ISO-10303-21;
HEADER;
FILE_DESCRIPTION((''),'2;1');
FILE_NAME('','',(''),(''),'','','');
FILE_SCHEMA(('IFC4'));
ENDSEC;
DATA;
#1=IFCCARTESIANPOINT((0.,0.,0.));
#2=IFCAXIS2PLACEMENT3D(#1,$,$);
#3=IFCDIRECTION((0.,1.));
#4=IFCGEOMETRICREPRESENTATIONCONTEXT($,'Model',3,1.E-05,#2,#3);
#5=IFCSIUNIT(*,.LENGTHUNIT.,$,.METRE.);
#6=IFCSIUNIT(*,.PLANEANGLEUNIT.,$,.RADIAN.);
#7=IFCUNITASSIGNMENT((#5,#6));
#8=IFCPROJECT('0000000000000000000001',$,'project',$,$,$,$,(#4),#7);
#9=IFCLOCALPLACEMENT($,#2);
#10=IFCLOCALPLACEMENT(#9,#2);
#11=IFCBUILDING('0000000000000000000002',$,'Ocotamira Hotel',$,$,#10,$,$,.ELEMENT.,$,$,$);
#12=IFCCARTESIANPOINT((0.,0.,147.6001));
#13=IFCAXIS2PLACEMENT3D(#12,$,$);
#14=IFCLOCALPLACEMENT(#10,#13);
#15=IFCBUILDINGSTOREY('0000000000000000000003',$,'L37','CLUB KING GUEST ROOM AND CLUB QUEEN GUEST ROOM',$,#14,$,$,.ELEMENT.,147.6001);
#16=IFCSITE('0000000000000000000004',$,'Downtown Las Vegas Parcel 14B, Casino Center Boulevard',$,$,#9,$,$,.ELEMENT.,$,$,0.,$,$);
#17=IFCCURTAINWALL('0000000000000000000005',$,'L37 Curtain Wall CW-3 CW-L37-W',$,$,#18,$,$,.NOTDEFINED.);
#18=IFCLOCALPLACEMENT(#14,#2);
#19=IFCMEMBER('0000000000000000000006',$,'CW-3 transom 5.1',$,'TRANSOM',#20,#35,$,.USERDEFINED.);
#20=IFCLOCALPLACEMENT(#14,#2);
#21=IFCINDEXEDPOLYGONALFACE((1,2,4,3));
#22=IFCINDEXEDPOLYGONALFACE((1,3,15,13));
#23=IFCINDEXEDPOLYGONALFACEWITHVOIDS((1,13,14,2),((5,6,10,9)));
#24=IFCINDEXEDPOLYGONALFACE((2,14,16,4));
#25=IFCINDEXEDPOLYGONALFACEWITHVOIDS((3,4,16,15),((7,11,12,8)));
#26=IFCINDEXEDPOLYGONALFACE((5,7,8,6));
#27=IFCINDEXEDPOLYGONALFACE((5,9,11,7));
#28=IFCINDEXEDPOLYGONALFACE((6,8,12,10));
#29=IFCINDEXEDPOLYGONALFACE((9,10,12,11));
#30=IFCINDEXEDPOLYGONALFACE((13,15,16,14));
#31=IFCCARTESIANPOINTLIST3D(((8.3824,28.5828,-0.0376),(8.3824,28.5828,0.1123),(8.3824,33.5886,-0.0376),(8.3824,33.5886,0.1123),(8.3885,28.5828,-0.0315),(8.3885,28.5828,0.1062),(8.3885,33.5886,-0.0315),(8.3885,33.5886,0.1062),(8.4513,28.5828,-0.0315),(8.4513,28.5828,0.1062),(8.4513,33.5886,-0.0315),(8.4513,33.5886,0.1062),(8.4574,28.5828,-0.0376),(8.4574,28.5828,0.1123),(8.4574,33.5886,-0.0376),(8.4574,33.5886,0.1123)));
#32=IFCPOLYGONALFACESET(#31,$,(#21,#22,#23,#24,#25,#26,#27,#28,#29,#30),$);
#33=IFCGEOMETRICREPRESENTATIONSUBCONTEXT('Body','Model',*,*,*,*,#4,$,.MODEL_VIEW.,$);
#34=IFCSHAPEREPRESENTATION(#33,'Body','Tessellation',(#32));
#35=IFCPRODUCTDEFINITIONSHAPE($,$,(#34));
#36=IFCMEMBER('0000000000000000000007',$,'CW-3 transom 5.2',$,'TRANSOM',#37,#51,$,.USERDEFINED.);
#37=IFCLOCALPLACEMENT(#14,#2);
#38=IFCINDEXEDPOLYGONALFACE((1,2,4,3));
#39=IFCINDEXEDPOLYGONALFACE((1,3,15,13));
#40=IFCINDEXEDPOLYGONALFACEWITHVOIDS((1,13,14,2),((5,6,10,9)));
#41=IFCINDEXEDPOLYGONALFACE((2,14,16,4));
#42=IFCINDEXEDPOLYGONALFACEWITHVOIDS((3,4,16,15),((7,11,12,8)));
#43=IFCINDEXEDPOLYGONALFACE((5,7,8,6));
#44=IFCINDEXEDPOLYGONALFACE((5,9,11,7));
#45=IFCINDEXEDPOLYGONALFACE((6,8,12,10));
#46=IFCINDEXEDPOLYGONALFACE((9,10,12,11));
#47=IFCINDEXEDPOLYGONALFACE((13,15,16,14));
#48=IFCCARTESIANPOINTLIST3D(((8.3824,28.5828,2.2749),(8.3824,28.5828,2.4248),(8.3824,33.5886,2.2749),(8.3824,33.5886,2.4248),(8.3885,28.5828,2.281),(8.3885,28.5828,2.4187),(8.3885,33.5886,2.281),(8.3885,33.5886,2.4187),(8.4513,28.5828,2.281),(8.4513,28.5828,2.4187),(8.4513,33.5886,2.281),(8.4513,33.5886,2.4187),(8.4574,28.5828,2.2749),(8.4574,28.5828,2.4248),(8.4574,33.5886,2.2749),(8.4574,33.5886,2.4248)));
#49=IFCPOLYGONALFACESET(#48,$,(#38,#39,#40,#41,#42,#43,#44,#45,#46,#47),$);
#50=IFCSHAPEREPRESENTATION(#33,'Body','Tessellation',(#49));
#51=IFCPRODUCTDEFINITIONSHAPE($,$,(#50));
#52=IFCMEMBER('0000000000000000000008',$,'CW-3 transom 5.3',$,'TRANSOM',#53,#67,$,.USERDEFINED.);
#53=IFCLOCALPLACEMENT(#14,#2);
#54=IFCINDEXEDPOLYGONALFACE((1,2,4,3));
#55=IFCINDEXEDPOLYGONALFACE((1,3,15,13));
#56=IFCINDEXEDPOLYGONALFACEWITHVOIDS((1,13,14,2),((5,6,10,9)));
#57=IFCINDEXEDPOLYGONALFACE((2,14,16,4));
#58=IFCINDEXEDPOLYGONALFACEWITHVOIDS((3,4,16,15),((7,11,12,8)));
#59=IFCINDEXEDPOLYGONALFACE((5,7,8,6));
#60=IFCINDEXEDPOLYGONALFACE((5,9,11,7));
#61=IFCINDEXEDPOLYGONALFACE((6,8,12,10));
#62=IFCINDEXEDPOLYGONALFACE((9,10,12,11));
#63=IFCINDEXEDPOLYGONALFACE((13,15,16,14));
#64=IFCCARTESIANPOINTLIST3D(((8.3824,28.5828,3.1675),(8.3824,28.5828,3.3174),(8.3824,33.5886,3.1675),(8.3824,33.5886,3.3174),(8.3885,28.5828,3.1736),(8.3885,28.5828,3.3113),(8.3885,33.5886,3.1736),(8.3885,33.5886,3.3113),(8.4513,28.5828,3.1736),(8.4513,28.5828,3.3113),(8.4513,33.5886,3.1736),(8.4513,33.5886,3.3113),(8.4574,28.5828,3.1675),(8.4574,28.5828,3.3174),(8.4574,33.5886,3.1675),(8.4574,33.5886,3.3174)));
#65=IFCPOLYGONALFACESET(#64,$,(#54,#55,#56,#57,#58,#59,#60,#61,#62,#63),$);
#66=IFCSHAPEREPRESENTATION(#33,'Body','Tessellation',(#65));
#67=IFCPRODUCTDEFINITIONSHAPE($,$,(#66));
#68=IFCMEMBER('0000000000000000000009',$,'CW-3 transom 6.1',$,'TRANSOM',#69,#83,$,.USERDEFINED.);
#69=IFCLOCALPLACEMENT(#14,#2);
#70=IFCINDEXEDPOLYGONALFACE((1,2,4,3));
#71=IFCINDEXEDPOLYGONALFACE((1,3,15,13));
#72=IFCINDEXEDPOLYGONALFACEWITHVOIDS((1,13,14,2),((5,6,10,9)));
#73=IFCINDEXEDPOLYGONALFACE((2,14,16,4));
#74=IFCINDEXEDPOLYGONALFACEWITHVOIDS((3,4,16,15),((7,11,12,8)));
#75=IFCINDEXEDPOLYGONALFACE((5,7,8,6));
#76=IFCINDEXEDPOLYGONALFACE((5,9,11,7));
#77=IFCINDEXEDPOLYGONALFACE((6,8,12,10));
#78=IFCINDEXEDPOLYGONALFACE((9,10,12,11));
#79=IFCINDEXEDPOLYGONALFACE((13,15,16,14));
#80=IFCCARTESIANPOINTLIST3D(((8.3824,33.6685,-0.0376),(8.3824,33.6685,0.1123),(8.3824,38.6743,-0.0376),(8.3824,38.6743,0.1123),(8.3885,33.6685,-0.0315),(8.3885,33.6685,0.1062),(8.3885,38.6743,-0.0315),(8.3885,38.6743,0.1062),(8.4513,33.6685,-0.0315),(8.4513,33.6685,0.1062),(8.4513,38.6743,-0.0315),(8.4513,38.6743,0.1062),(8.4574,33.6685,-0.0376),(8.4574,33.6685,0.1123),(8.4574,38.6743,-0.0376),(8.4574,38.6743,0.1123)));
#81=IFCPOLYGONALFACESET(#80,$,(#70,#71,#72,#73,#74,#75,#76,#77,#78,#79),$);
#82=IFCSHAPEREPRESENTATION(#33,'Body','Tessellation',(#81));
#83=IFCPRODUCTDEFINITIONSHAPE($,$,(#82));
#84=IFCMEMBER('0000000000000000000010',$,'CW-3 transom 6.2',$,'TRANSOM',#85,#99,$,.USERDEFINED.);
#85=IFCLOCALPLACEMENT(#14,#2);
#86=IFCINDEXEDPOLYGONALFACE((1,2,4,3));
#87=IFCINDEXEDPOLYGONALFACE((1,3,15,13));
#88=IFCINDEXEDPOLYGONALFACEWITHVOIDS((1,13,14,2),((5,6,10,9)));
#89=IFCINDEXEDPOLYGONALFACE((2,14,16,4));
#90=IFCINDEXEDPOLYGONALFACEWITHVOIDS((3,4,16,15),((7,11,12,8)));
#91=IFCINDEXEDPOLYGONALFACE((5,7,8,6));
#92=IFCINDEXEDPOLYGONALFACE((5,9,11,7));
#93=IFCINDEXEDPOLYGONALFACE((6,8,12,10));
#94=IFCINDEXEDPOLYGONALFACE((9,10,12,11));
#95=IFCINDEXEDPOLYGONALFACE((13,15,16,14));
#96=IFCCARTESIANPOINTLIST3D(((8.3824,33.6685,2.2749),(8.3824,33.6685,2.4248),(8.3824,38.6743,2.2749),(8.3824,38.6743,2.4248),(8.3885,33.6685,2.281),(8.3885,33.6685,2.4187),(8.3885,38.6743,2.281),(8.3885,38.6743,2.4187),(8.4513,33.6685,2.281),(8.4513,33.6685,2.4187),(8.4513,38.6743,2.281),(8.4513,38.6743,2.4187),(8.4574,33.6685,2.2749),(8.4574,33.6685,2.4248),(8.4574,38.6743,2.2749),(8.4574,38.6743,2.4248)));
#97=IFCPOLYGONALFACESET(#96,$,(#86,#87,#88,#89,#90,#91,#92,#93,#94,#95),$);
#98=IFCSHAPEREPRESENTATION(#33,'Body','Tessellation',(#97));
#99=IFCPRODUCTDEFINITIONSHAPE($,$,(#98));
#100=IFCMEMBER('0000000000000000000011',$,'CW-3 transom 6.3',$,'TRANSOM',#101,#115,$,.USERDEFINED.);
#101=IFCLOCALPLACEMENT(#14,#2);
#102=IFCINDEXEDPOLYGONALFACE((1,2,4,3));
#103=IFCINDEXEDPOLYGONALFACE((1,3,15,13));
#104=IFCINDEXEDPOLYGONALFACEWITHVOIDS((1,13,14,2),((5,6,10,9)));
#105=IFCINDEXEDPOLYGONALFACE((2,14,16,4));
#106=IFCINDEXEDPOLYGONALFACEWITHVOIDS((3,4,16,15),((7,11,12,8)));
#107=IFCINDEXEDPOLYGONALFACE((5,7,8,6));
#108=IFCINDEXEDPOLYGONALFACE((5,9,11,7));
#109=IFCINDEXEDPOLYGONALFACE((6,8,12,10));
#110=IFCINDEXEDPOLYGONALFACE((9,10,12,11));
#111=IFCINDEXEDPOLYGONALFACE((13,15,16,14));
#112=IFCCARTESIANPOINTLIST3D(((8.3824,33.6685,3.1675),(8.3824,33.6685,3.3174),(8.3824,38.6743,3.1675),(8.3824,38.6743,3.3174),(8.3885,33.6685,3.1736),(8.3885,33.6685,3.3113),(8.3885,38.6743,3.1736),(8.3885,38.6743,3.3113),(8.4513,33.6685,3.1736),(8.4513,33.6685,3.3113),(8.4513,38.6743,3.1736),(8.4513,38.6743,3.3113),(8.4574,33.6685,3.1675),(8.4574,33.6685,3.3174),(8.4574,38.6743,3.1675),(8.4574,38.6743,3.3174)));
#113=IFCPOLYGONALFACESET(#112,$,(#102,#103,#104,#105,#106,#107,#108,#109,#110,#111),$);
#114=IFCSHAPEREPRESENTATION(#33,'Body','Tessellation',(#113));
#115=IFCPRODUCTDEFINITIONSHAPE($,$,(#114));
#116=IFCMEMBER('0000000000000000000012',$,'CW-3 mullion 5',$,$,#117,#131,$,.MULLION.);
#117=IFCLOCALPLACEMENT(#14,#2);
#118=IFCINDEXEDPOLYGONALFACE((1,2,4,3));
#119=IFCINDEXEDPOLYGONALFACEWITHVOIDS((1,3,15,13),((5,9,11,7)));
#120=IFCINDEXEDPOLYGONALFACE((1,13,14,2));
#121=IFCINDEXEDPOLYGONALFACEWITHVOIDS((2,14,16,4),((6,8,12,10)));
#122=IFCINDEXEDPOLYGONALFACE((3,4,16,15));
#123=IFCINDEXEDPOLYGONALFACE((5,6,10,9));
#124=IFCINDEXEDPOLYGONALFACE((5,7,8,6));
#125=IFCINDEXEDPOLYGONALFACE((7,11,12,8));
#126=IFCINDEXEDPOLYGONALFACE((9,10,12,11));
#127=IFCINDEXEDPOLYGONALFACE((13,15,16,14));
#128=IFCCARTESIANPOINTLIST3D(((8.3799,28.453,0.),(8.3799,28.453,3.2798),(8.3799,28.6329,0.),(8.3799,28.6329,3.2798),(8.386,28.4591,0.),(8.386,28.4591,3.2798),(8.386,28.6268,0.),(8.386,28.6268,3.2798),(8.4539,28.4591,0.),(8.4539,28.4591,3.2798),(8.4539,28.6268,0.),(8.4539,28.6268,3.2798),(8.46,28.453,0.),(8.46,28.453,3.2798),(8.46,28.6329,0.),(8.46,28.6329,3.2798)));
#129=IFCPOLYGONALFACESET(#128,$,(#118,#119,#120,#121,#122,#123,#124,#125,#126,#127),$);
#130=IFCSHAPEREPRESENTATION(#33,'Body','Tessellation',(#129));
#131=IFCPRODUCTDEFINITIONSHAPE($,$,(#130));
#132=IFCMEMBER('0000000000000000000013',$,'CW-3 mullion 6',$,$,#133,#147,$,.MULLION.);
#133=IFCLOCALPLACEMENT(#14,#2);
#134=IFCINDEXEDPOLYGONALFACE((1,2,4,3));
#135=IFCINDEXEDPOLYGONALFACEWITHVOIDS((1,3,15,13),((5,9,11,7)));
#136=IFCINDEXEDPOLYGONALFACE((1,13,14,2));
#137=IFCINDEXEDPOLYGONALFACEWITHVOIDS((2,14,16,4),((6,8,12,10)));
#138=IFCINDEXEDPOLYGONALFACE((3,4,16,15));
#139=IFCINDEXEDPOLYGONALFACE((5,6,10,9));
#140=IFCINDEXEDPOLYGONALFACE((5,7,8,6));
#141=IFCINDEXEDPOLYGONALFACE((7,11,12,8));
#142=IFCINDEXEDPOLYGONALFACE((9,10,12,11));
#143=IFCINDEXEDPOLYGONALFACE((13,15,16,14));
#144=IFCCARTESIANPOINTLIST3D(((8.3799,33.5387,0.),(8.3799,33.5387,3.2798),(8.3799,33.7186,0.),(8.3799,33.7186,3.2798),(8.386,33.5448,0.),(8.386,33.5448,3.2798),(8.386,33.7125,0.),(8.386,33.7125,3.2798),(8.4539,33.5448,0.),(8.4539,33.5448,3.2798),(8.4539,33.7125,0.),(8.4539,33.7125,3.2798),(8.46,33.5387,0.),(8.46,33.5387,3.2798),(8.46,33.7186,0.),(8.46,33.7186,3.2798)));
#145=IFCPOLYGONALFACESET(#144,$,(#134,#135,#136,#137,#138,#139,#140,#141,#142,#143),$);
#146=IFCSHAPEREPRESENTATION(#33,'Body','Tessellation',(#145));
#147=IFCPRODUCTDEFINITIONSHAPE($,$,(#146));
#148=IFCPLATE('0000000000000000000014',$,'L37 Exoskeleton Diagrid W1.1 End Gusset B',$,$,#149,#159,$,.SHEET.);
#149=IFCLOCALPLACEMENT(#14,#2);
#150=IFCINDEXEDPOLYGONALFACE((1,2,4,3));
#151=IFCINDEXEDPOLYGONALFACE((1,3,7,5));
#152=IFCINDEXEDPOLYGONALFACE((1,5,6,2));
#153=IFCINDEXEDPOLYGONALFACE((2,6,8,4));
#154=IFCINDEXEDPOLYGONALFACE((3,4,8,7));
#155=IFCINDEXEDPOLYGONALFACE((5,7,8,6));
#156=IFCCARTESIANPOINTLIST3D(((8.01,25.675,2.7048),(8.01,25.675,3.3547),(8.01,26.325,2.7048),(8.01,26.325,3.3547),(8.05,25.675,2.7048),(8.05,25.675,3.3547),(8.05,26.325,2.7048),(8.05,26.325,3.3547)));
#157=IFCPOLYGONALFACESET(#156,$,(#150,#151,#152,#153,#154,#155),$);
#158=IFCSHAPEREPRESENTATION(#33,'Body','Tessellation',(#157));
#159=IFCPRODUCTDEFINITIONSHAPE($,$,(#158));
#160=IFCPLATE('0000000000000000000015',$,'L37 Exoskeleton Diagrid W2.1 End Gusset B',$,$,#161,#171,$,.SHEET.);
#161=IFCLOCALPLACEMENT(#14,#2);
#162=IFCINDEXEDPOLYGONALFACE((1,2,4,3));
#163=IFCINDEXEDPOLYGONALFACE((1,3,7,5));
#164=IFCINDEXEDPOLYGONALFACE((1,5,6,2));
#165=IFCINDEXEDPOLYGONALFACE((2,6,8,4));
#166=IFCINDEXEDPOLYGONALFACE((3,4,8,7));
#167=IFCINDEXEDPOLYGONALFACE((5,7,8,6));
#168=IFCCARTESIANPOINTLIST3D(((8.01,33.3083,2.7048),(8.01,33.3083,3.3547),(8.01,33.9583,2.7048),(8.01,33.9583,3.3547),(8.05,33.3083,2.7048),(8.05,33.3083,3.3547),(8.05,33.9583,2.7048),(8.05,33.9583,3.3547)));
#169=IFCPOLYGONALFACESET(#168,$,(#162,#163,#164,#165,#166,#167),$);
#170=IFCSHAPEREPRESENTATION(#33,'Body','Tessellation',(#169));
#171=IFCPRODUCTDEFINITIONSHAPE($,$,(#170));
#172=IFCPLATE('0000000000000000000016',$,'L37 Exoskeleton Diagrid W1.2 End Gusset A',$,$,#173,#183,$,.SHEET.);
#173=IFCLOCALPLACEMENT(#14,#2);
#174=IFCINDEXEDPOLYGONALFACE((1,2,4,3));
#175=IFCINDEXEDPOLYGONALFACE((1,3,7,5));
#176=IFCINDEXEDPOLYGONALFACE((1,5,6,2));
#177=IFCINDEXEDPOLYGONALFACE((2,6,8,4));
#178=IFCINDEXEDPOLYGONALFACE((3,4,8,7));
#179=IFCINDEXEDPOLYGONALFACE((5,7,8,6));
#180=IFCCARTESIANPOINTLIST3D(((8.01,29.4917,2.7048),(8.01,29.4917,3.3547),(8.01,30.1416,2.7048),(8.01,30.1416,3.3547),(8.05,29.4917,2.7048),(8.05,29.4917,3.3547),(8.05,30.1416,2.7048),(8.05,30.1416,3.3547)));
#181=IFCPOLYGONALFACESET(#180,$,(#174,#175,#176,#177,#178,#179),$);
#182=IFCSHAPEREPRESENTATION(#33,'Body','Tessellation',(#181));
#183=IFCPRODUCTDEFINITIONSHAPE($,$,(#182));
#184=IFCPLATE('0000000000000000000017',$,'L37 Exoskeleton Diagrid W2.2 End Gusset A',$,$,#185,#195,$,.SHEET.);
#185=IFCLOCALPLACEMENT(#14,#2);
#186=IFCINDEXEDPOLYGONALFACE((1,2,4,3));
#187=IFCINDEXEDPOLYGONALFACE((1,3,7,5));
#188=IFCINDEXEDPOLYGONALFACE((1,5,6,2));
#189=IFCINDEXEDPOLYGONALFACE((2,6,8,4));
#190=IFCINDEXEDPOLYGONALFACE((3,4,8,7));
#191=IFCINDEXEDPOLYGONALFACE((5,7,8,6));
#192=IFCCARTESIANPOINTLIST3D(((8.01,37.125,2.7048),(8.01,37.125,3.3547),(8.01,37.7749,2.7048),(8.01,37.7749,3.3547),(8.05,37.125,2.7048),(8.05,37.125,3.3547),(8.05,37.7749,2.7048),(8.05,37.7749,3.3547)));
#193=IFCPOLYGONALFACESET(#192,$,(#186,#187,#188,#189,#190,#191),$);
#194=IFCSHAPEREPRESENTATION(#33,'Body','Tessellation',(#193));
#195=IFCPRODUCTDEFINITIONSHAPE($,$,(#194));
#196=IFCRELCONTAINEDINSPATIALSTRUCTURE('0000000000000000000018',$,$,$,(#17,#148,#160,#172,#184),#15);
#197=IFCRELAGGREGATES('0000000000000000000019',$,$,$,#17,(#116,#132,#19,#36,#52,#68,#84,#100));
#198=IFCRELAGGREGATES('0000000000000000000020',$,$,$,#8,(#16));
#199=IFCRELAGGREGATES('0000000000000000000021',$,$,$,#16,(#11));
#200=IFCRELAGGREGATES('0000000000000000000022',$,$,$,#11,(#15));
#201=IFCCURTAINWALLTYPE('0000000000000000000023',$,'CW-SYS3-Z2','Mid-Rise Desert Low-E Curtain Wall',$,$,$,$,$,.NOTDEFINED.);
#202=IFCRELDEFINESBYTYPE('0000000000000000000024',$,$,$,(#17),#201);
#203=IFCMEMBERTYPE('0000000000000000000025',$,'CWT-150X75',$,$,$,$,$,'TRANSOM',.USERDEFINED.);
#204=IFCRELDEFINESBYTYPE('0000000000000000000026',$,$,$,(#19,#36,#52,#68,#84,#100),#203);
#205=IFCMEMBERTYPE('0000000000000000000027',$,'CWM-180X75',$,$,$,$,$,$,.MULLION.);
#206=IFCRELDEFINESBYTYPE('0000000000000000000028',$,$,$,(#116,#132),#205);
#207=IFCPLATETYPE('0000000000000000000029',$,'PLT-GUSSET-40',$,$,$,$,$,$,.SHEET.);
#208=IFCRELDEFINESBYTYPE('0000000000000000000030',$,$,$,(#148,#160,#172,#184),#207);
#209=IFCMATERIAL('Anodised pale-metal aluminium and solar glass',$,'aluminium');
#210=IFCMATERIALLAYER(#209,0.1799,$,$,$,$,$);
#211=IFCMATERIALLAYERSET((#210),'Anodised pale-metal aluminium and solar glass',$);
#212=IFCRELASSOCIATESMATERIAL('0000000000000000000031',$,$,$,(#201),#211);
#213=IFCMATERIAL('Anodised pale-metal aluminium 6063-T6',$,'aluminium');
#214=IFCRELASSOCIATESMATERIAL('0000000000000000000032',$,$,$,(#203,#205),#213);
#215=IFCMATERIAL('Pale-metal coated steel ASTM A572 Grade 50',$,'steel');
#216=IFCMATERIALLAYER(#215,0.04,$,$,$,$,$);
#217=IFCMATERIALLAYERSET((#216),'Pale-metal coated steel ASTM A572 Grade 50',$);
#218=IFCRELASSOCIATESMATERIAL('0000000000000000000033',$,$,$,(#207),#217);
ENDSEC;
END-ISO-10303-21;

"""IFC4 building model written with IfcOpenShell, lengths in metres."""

from ifc_helpers import new_model, si_unit, direction, frame, origin, origin_2d, place, context, subcontext, project, spatial, rectangle, hollow_rectangle, extrude, source, transform, mapped, material, layer, layer_set, material_profile, profile_set, type_object, element, aggregate, save


model = new_model("IFC4")

# Units and contexts
model_context = context("Model", 3, precision=1e-05, world=origin(), true_north=direction((0.0, 1.0)))
body_context = subcontext(model_context, "Body", "Model", "MODEL_VIEW")
ifc_project = project(units=[si_unit("LENGTHUNIT", "METRE"), si_unit("PLANEANGLEUNIT", "RADIAN")], contexts=[model_context])

# Site, building, storey
site_placement = place(None, origin())
site = spatial("IfcSite", under=ifc_project, at=site_placement, Name="Downtown Las Vegas Parcel 14B, Casino Center Boulevard", CompositionType="ELEMENT", RefElevation=0.0)
building_placement = place(site_placement, origin())
building = spatial("IfcBuilding", under=site, at=building_placement, Name="Ocotamira Hotel", CompositionType="ELEMENT")
storey_placement = place(building_placement, frame((0.0, 0.0, 147.6001)))
storey = spatial("IfcBuildingStorey", under=building, at=storey_placement, Name="L37", Description="CLUB KING GUEST ROOM AND CLUB QUEEN GUEST ROOM", CompositionType="ELEMENT", Elevation=147.6001)

# Curtain wall, members
ifc_material_1 = material(Name="Anodised pale-metal aluminium and solar glass", Category="aluminium")
ifc_layer_1 = layer(ifc_material_1, 0.1799)
ifc_layer_set_1 = layer_set([ifc_layer_1], Name="Anodised pale-metal aluminium and solar glass")
curtain_wall_type = type_object("IfcCurtainWallType", Name="CW-SYS3-Z2", Description="Mid-Rise Desert Low-E Curtain Wall", PredefinedType="NOTDEFINED", material=ifc_layer_set_1)
curtain_wall_placement = place(storey_placement, origin())
curtain_wall = element("IfcCurtainWall", 1, at=curtain_wall_placement, inside=storey, type_object=curtain_wall_type, Name="L37 Curtain Wall CW-3 CW-L37-W", PredefinedType="NOTDEFINED")
ifc_material_2 = material(Name="Anodised pale-metal aluminium 6063-T6", Category="aluminium")
ifc_material_profile_1 = material_profile(ifc_material_2, hollow_rectangle(XDim=0.075, YDim=0.1499, WallThickness=0.0061, at=origin_2d()), Name="HSS150X75X6")
ifc_profile_set_1 = profile_set([ifc_material_profile_1], Name="Anodised pale-metal aluminium 6063-T6")
member_type_1 = type_object("IfcMemberType", Name="CWT-150X75", ElementType="TRANSOM", PredefinedType="USERDEFINED", material=ifc_profile_set_1)
shared_shape_1 = source(origin(), body_context, "Body", "SweptSolid", [
    extrude(hollow_rectangle(XDim=0.075, YDim=0.1499, WallThickness=0.0061, at=origin_2d()), origin(), (0.0, 0.0, 1.0), 5.0059),
])
member_1_placement = place(storey_placement, frame((8.4199, 28.5828, 0.0374), z_axis=(0.0, 1.0, 0.0), x_axis=(-1.0, 0.0, 0.0)))
member_1 = element("IfcMember", 2, at=member_1_placement, type_object=member_type_1, Name="CW-3 transom 5.1", ObjectType="TRANSOM", PredefinedType="USERDEFINED", context=body_context, shape_type="MappedRepresentation", body=[
    mapped(shared_shape_1, transform((0.0, 0.0, 0.0), scale=1.0)),
])
member_2_placement = place(storey_placement, frame((8.4199, 28.5828, 2.3499), z_axis=(0.0, 1.0, 0.0), x_axis=(-1.0, 0.0, 0.0)))
member_2 = element("IfcMember", 3, at=member_2_placement, type_object=member_type_1, Name="CW-3 transom 5.2", ObjectType="TRANSOM", PredefinedType="USERDEFINED", context=body_context, shape_type="MappedRepresentation", body=[
    mapped(shared_shape_1, transform((0.0, 0.0, 0.0), scale=1.0)),
])
member_3_placement = place(storey_placement, frame((8.4199, 28.5828, 3.2424), z_axis=(0.0, 1.0, 0.0), x_axis=(-1.0, 0.0, 0.0)))
member_3 = element("IfcMember", 4, at=member_3_placement, type_object=member_type_1, Name="CW-3 transom 5.3", ObjectType="TRANSOM", PredefinedType="USERDEFINED", context=body_context, shape_type="MappedRepresentation", body=[
    mapped(shared_shape_1, transform((0.0, 0.0, 0.0), scale=1.0)),
])
member_4_placement = place(storey_placement, frame((8.4199, 33.6685, 0.0374), z_axis=(0.0, 1.0, 0.0), x_axis=(-1.0, 0.0, 0.0)))
member_4 = element("IfcMember", 5, at=member_4_placement, type_object=member_type_1, Name="CW-3 transom 6.1", ObjectType="TRANSOM", PredefinedType="USERDEFINED", context=body_context, shape_type="MappedRepresentation", body=[
    mapped(shared_shape_1, transform((0.0, 0.0, 0.0), scale=1.0)),
])
member_5_placement = place(storey_placement, frame((8.4199, 33.6685, 2.3499), z_axis=(0.0, 1.0, 0.0), x_axis=(-1.0, 0.0, 0.0)))
member_5 = element("IfcMember", 6, at=member_5_placement, type_object=member_type_1, Name="CW-3 transom 6.2", ObjectType="TRANSOM", PredefinedType="USERDEFINED", context=body_context, shape_type="MappedRepresentation", body=[
    mapped(shared_shape_1, transform((0.0, 0.0, 0.0), scale=1.0)),
])
member_6_placement = place(storey_placement, frame((8.4199, 33.6685, 3.2424), z_axis=(0.0, 1.0, 0.0), x_axis=(-1.0, 0.0, 0.0)))
member_6 = element("IfcMember", 7, at=member_6_placement, type_object=member_type_1, Name="CW-3 transom 6.3", ObjectType="TRANSOM", PredefinedType="USERDEFINED", context=body_context, shape_type="MappedRepresentation", body=[
    mapped(shared_shape_1, transform((0.0, 0.0, 0.0), scale=1.0)),
])
ifc_material_profile_2 = material_profile(ifc_material_2, hollow_rectangle(XDim=0.0801, YDim=0.1799, WallThickness=0.0061, at=origin_2d()), Name="HSS180X80X6")
ifc_profile_set_2 = profile_set([ifc_material_profile_2], Name="Anodised pale-metal aluminium 6063-T6")
member_type_2 = type_object("IfcMemberType", Name="CWM-180X75", PredefinedType="MULLION", material=ifc_profile_set_2)
shared_shape_2 = source(origin(), body_context, "Body", "SweptSolid", [
    extrude(hollow_rectangle(XDim=0.0801, YDim=0.1799, WallThickness=0.0061, at=origin_2d()), origin(), (0.0, 0.0, 1.0), 3.2798),
])
member_7_placement = place(storey_placement, frame((8.4199, 28.543, 0.0), z_axis=(0.0, 0.0, 1.0), x_axis=(-1.0, 0.0, 0.0)))
member_7 = element("IfcMember", 8, at=member_7_placement, type_object=member_type_2, Name="CW-3 mullion 5", PredefinedType="MULLION", context=body_context, shape_type="MappedRepresentation", body=[
    mapped(shared_shape_2, transform((0.0, 0.0, 0.0), scale=1.0)),
])
member_8_placement = place(storey_placement, frame((8.4199, 33.6287, 0.0), z_axis=(0.0, 0.0, 1.0), x_axis=(-1.0, 0.0, 0.0)))
member_8 = element("IfcMember", 9, at=member_8_placement, type_object=member_type_2, Name="CW-3 mullion 6", PredefinedType="MULLION", context=body_context, shape_type="MappedRepresentation", body=[
    mapped(shared_shape_2, transform((0.0, 0.0, 0.0), scale=1.0)),
])

# Plates
ifc_material_3 = material(Name="Pale-metal coated steel ASTM A572 Grade 50", Category="steel")
ifc_layer_2 = layer(ifc_material_3, 0.04)
ifc_layer_set_2 = layer_set([ifc_layer_2], Name="Pale-metal coated steel ASTM A572 Grade 50")
plate_type_1 = type_object("IfcPlateType", Name="PLT-GUSSET-40", PredefinedType="SHEET", material=ifc_layer_set_2)
shared_shape_3 = source(origin(), body_context, "Body", "SweptSolid", [
    extrude(rectangle(XDim=0.04, YDim=0.6499, at=origin_2d()), origin(), (0.0, 0.0, 1.0), 0.6499),
])
for number, where, z_axis, x_axis, name in (
    (10, (8.03, 26.0, 2.7048), (0.0, 0.0, 1.0), (1.0, 0.0, 0.0), "L37 Exoskeleton Diagrid W1.1 End Gusset B"),
    (11, (8.03, 33.6333, 2.7048), (0.0, 0.0, 1.0), (1.0, 0.0, 0.0), "L37 Exoskeleton Diagrid W2.1 End Gusset B"),
    (12, (8.03, 29.8167, 2.7048), (0.0, 0.0, 1.0), (1.0, 0.0, 0.0), "L37 Exoskeleton Diagrid W1.2 End Gusset A"),
    (13, (8.03, 37.45, 2.7048), (0.0, 0.0, 1.0), (1.0, 0.0, 0.0), "L37 Exoskeleton Diagrid W2.2 End Gusset A"),
):
    element("IfcPlate", number, at=place(storey_placement, frame(where, z_axis=z_axis, x_axis=x_axis)), inside=storey, type_object=plate_type_1, Name=name, PredefinedType="SHEET", context=body_context, shape_type="MappedRepresentation", body=[
        mapped(shared_shape_3, transform((0.0, 0.0, 0.0), scale=1.0)),
    ])

aggregate(curtain_wall, [member_7, member_8, member_1, member_2, member_3, member_4, member_5, member_6])

save(model, "model.ifc")
